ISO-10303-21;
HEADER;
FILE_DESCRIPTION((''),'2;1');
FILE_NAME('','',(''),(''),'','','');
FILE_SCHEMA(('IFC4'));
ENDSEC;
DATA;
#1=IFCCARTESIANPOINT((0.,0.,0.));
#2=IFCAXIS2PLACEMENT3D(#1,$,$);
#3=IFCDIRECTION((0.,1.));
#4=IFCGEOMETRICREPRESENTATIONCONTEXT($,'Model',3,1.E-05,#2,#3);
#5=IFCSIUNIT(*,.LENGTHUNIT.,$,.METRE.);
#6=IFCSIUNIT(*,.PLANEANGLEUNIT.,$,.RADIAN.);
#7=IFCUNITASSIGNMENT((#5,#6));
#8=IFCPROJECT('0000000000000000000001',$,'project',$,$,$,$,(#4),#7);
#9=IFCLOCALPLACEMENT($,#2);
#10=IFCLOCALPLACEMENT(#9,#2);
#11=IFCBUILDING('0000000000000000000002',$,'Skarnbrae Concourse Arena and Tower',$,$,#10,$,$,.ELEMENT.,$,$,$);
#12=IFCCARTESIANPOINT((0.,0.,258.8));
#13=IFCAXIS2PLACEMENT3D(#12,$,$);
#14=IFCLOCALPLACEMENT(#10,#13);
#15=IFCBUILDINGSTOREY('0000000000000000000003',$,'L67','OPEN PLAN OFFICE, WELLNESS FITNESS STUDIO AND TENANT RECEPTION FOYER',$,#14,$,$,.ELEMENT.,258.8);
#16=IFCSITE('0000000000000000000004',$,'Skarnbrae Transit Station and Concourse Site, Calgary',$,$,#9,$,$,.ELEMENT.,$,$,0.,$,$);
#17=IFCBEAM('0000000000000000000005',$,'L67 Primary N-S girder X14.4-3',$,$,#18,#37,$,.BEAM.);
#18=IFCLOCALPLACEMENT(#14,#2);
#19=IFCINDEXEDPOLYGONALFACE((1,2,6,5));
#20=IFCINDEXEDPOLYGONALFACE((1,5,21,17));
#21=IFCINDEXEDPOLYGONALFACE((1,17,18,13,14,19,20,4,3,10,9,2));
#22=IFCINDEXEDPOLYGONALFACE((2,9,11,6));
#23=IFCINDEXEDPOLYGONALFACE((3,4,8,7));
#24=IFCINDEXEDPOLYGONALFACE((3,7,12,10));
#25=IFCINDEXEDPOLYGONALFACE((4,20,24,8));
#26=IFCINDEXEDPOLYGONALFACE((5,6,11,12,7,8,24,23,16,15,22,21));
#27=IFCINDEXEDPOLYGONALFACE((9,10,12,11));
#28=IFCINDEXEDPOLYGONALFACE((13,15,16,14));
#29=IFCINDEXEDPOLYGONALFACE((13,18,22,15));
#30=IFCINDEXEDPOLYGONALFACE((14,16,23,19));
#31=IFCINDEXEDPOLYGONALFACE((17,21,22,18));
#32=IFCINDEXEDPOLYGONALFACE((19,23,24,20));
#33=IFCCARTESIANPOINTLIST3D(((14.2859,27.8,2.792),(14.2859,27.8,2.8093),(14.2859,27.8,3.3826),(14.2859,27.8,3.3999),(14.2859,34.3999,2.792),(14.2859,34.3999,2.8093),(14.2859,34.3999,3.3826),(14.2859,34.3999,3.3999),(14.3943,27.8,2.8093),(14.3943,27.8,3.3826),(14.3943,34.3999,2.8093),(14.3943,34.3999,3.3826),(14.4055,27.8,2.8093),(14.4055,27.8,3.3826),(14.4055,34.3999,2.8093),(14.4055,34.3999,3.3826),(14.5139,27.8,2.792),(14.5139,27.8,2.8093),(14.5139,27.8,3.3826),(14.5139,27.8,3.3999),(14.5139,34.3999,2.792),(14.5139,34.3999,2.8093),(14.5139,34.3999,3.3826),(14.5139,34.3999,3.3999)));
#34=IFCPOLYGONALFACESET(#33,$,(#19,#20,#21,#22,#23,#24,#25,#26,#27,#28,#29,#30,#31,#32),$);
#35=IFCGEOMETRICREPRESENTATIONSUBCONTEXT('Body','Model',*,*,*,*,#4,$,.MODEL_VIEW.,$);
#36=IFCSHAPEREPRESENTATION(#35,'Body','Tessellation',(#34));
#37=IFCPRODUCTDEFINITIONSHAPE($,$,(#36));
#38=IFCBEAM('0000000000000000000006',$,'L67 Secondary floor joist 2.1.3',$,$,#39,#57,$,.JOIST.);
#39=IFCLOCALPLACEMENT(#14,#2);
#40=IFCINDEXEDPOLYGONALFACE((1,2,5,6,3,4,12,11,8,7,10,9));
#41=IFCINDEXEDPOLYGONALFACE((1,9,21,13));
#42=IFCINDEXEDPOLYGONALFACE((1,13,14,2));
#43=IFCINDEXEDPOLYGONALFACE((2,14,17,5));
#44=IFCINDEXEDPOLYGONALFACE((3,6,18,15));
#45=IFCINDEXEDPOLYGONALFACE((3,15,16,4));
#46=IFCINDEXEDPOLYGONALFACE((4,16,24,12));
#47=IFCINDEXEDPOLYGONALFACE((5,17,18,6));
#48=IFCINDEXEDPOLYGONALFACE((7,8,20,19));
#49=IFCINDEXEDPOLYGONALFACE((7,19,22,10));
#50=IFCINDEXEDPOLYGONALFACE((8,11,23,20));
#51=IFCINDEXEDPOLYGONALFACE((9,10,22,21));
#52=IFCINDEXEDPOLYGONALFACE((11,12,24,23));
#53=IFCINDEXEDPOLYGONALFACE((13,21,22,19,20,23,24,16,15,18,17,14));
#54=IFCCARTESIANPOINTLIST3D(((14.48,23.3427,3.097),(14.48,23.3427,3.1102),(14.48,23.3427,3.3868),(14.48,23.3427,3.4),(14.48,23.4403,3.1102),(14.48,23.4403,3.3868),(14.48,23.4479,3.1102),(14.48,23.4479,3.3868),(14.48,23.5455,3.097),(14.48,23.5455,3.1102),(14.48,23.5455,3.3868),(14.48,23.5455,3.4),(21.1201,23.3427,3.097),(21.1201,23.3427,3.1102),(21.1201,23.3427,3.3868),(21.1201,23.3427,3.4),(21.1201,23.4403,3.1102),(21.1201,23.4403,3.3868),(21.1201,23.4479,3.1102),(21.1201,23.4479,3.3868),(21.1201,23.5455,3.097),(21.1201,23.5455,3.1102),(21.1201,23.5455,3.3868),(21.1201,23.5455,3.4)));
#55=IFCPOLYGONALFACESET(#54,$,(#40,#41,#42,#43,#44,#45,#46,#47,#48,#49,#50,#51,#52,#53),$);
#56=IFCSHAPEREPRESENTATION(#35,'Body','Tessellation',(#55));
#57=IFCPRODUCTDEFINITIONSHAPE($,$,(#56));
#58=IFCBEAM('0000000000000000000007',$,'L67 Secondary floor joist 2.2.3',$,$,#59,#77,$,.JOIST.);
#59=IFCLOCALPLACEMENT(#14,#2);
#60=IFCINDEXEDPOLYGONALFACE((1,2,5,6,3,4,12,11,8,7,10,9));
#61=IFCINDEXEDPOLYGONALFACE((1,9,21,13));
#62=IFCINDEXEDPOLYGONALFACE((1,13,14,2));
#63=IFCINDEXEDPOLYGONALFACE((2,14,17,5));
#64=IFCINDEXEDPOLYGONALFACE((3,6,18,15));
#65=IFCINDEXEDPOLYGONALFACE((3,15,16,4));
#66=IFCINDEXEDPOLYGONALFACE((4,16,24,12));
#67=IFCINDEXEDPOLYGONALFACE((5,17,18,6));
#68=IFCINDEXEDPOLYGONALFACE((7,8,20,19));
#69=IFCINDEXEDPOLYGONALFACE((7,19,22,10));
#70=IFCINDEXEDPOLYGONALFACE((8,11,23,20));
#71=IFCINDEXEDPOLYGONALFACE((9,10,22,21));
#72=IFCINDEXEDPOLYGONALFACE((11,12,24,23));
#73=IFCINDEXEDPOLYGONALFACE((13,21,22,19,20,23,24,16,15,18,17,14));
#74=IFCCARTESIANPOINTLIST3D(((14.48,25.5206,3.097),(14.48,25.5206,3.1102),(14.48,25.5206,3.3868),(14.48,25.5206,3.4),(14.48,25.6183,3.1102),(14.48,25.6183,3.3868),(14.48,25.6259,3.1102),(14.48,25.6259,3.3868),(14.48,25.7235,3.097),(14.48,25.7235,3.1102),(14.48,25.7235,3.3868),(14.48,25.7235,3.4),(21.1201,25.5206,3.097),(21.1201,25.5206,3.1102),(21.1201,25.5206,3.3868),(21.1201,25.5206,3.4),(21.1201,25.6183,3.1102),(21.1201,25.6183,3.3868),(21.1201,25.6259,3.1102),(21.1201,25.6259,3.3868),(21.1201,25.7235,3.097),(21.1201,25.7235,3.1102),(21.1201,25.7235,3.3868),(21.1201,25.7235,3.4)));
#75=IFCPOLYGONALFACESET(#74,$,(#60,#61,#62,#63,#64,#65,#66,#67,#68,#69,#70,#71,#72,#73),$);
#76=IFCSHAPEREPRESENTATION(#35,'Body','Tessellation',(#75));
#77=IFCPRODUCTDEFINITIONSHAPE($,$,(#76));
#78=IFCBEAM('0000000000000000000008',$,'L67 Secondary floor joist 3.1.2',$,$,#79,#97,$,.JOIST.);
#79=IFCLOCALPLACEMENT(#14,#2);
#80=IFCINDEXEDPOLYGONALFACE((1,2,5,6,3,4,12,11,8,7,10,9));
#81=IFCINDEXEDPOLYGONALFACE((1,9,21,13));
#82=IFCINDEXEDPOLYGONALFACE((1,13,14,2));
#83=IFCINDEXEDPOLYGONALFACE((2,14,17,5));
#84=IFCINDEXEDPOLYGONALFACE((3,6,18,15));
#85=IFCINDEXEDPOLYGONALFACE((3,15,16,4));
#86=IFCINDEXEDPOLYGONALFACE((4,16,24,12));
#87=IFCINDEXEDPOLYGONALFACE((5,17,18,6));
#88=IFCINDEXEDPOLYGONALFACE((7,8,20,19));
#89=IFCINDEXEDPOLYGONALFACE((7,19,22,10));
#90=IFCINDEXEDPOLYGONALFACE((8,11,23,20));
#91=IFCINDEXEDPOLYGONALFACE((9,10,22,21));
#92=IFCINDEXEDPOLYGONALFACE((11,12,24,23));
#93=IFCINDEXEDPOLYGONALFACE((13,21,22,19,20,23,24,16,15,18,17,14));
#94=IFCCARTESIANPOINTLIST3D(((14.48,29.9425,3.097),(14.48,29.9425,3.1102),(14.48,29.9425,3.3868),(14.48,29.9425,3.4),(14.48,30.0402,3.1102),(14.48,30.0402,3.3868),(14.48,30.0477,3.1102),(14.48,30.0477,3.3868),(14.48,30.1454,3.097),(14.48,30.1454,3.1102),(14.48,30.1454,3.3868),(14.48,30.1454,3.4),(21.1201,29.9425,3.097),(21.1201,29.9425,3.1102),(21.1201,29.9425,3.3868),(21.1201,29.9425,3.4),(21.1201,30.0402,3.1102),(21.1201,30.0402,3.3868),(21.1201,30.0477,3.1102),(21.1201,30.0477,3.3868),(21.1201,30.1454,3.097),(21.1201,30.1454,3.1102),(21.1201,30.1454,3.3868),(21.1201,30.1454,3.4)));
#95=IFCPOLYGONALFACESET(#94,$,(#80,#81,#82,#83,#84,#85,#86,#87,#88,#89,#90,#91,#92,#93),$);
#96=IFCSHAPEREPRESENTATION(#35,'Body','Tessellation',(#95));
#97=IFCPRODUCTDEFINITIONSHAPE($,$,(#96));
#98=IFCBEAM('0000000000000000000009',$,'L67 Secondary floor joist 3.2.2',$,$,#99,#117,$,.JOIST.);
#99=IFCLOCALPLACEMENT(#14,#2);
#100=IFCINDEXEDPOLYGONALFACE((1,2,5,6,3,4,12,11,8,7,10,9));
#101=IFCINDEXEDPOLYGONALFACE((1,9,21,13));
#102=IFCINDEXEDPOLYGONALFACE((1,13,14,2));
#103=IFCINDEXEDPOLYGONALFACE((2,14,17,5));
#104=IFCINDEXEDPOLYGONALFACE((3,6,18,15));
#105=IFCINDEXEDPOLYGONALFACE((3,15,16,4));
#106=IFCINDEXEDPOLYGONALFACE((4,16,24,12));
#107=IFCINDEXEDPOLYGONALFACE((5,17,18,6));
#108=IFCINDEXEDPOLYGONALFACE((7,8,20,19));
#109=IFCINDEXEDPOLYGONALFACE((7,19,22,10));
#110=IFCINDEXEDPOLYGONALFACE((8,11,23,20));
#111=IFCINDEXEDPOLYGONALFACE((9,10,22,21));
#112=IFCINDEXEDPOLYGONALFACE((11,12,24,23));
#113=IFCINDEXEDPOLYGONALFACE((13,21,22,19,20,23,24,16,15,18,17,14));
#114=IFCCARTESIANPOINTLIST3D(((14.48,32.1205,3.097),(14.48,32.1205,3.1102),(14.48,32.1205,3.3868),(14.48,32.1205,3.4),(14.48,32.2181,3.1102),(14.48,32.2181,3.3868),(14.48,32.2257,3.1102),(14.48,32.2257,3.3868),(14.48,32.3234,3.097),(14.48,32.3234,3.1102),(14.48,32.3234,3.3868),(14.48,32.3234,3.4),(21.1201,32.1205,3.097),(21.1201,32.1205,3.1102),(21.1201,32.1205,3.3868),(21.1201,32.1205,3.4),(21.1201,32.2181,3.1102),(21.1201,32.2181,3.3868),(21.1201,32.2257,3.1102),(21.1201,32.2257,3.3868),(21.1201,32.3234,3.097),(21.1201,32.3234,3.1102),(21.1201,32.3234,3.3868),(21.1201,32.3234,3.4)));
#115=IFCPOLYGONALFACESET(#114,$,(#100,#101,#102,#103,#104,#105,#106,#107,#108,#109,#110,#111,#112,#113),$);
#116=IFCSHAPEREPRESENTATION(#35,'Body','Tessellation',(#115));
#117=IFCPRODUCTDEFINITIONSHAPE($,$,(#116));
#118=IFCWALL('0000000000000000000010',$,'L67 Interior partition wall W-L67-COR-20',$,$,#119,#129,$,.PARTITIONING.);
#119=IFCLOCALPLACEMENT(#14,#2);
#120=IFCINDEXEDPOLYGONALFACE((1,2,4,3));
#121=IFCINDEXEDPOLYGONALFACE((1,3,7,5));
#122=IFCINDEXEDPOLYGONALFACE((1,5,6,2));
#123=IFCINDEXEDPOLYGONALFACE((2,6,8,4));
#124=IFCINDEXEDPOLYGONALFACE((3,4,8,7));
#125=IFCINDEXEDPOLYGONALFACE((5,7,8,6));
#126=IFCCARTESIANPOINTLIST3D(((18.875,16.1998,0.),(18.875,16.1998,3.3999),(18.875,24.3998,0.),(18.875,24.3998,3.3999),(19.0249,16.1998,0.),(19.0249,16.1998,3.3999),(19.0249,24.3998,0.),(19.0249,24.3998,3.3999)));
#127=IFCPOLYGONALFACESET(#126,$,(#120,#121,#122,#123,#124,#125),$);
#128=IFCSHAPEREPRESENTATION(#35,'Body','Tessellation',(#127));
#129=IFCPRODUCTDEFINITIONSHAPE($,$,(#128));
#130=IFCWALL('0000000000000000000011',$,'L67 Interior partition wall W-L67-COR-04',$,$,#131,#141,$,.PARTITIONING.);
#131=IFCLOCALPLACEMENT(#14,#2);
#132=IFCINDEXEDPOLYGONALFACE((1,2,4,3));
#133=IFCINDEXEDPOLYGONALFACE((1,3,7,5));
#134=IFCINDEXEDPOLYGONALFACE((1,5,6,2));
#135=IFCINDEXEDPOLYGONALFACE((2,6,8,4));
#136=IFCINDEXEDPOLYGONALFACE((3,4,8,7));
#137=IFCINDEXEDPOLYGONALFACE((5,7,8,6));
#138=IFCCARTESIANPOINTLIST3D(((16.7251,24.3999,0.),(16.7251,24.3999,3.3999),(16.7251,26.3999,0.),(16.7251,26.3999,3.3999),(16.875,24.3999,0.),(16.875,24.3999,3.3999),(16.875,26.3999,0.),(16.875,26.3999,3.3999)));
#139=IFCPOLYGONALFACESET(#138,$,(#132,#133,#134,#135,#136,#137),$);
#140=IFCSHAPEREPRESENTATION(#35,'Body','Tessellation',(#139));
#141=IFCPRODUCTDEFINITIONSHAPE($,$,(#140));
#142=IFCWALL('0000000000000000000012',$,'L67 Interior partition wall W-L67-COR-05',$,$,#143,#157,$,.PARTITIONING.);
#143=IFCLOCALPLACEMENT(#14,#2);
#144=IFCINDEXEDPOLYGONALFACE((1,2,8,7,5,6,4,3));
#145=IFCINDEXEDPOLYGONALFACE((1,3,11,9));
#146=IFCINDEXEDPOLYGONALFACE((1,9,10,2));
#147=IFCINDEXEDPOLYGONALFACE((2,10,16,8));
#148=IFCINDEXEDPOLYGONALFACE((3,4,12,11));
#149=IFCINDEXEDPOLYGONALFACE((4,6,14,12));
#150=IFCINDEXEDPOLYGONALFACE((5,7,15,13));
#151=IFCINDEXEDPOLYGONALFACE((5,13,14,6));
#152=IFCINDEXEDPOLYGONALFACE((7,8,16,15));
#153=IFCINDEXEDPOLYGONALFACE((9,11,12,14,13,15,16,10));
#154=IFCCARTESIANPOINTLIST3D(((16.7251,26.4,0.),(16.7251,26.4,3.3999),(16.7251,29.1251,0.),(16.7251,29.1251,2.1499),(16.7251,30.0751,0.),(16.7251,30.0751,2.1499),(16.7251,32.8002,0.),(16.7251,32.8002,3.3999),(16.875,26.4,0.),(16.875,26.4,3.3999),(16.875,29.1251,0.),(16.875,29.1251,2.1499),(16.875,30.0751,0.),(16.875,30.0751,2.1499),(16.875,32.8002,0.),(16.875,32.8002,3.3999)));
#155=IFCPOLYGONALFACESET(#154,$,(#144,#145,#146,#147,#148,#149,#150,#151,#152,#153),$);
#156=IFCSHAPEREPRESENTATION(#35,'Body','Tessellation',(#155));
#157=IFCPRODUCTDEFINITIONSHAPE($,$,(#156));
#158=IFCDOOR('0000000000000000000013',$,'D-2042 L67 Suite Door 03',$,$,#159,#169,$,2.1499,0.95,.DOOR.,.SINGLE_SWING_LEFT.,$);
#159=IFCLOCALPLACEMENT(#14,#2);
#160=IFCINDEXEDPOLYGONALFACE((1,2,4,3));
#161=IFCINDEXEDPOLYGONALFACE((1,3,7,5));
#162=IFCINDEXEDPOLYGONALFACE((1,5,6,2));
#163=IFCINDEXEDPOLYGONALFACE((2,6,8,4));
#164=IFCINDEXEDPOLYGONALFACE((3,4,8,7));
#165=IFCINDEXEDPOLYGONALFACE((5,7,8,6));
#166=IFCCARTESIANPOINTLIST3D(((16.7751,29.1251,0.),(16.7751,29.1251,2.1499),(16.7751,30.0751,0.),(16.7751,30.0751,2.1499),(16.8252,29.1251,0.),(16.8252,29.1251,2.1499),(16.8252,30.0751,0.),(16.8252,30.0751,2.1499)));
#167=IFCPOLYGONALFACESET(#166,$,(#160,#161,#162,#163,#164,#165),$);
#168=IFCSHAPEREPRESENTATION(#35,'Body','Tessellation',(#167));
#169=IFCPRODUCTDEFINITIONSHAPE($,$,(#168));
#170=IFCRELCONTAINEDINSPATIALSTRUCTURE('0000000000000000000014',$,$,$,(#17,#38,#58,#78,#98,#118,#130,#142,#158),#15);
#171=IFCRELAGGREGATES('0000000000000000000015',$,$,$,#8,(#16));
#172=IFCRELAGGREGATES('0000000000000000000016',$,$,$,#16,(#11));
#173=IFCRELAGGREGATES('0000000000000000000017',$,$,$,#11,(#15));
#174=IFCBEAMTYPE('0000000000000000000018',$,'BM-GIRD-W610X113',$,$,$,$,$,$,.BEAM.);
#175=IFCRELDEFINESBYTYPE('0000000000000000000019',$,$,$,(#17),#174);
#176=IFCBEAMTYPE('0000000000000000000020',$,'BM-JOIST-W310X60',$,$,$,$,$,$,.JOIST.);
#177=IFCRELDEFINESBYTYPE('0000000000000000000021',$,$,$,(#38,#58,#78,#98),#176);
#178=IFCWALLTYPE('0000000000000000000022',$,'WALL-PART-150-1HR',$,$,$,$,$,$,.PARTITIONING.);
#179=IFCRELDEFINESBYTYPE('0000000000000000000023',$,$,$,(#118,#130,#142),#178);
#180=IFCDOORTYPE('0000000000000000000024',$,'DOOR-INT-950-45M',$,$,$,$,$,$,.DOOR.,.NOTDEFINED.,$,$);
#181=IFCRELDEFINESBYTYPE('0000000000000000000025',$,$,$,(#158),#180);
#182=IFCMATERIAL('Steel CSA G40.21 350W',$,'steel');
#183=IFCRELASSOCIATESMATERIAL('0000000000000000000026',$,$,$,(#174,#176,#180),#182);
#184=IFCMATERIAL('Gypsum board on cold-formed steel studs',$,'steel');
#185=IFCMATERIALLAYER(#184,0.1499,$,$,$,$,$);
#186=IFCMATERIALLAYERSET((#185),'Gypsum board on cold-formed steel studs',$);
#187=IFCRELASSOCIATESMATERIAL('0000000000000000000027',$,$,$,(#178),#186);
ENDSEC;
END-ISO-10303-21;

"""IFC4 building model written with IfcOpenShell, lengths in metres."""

from ifc_helpers import new_model, si_unit, direction, frame, frame_2d, origin, origin_2d, place, context, subcontext, project, spatial, rectangle, i_section, extrude, source, transform, mapped, material, layer, layer_set, material_profile, profile_set, type_object, element, fill, save


model = new_model("IFC4")

# Units and contexts
model_context = context("Model", 3, precision=1e-05, world=origin(), true_north=direction((0.0, 1.0)))
body_context = subcontext(model_context, "Body", "Model", "MODEL_VIEW")
ifc_project = project(units=[si_unit("LENGTHUNIT", "METRE"), si_unit("PLANEANGLEUNIT", "RADIAN")], contexts=[model_context])

# Site, building, storey
site_placement = place(None, origin())
site = spatial("IfcSite", under=ifc_project, at=site_placement, Name="Skarnbrae Transit Station and Concourse Site, Calgary", CompositionType="ELEMENT", RefElevation=0.0)
building_placement = place(site_placement, origin())
building = spatial("IfcBuilding", under=site, at=building_placement, Name="Skarnbrae Concourse Arena and Tower", CompositionType="ELEMENT")
storey_placement = place(building_placement, frame((0.0, 0.0, 258.8)))
storey = spatial("IfcBuildingStorey", under=building, at=storey_placement, Name="L67", Description="OPEN PLAN OFFICE, WELLNESS FITNESS STUDIO AND TENANT RECEPTION FOYER", CompositionType="ELEMENT", Elevation=258.8)

# Shared definitions
ifc_material_1 = material(Name="Steel CSA G40.21 350W", Category="steel")

# Beams
ifc_material_profile_1 = material_profile(ifc_material_1, i_section(OverallWidth=0.228, OverallDepth=0.6079, WebThickness=0.0112, FlangeThickness=0.0173, at=origin_2d()), Name="W610X113")
ifc_profile_set_1 = profile_set([ifc_material_profile_1], Name="Steel CSA G40.21 350W")
beam_type_1 = type_object("IfcBeamType", Name="BM-GIRD-W610X113", PredefinedType="BEAM", material=ifc_profile_set_1)
shared_shape_1 = source(origin(), body_context, "Body", "SweptSolid", [
    extrude(i_section(OverallWidth=0.228, OverallDepth=0.6079, WebThickness=0.0112, FlangeThickness=0.0173, at=origin_2d()), origin(), (0.0, 0.0, 1.0), 6.5999),
])
beam_1_placement = place(storey_placement, frame((14.3999, 27.8, 3.0959), z_axis=(0.0, 1.0, 0.0), x_axis=(-1.0, 0.0, 0.0)))
element("IfcBeam", 1, at=beam_1_placement, inside=storey, type_object=beam_type_1, Name="L67 Primary N-S girder X14.4-3", PredefinedType="BEAM", context=body_context, shape_type="MappedRepresentation", body=[
    mapped(shared_shape_1, transform((0.0, 0.0, 0.0))),
])
ifc_material_profile_2 = material_profile(ifc_material_1, i_section(OverallWidth=0.2029, OverallDepth=0.303, WebThickness=0.0076, FlangeThickness=0.0132, at=origin_2d()), Name="W310X60")
ifc_profile_set_2 = profile_set([ifc_material_profile_2], Name="Steel CSA G40.21 350W")
beam_type_2 = type_object("IfcBeamType", Name="BM-JOIST-W310X60", PredefinedType="JOIST", material=ifc_profile_set_2)
shared_shape_2 = source(origin(), body_context, "Body", "SweptSolid", [
    extrude(i_section(OverallWidth=0.2029, OverallDepth=0.303, WebThickness=0.0076, FlangeThickness=0.0132, at=origin_2d()), origin(), (0.0, 0.0, 1.0), 6.6401),
])
for number, where, z_axis, x_axis, name in (
    (2, (14.48, 23.4441, 3.2485), (1.0, 0.0, 0.0), (0.0, 1.0, 0.0), "L67 Secondary floor joist 2.1.3"),
    (3, (14.48, 25.6221, 3.2485), (1.0, 0.0, 0.0), (0.0, 1.0, 0.0), "L67 Secondary floor joist 2.2.3"),
    (4, (14.48, 30.0439, 3.2485), (1.0, 0.0, 0.0), (0.0, 1.0, 0.0), "L67 Secondary floor joist 3.1.2"),
    (5, (14.48, 32.2219, 3.2485), (1.0, 0.0, 0.0), (0.0, 1.0, 0.0), "L67 Secondary floor joist 3.2.2"),
):
    element("IfcBeam", number, at=place(storey_placement, frame(where, z_axis=z_axis, x_axis=x_axis)), inside=storey, type_object=beam_type_2, Name=name, PredefinedType="JOIST", context=body_context, shape_type="MappedRepresentation", body=[
        mapped(shared_shape_2, transform((0.0, 0.0, 0.0))),
    ])

# Walls
ifc_material_2 = material(Name="Gypsum board on cold-formed steel studs", Category="steel")
ifc_layer = layer(ifc_material_2, 0.1499)
ifc_layer_set = layer_set([ifc_layer], Name="Gypsum board on cold-formed steel studs")
wall_type = type_object("IfcWallType", Name="WALL-PART-150-1HR", PredefinedType="PARTITIONING", material=ifc_layer_set)
shared_shape_3 = source(origin(), body_context, "Body", "SweptSolid", [
    extrude(rectangle(XDim=8.2, YDim=0.1499, at=frame_2d((4.1001, 0.0))), origin(), (0.0, 0.0, 1.0), 3.3999),
])
wall_1_placement = place(storey_placement, frame((18.95, 24.3999, 0.0), z_axis=(0.0, 0.0, 1.0), x_axis=(0.0, -1.0, 0.0)))
element("IfcWall", 6, at=wall_1_placement, inside=storey, type_object=wall_type, Name="L67 Interior partition wall W-L67-COR-20", PredefinedType="PARTITIONING", context=body_context, shape_type="MappedRepresentation", body=[
    mapped(shared_shape_3, transform((0.0, 0.0, 0.0))),
])
shared_shape_4 = source(origin(), body_context, "Body", "SweptSolid", [
    extrude(rectangle(XDim=2.0, YDim=0.1499, at=frame_2d((1.0, 0.0))), origin(), (0.0, 0.0, 1.0), 3.3999),
])
wall_2_placement = place(storey_placement, frame((16.8, 24.3999, 0.0), z_axis=(0.0, 0.0, 1.0), x_axis=(0.0, 1.0, 0.0)))
element("IfcWall", 7, at=wall_2_placement, inside=storey, type_object=wall_type, Name="L67 Interior partition wall W-L67-COR-04", PredefinedType="PARTITIONING", context=body_context, shape_type="MappedRepresentation", body=[
    mapped(shared_shape_4, transform((0.0, 0.0, 0.0))),
])

# Wall, opening, door
shared_shape_5 = source(origin(), body_context, "Body", "SweptSolid", [
    extrude(rectangle(XDim=6.4001, YDim=0.1499, at=frame_2d((3.2002, 0.0))), origin(), (0.0, 0.0, 1.0), 3.3999),
])
wall_3_placement = place(storey_placement, frame((16.8, 26.3999, 0.0), z_axis=(0.0, 0.0, 1.0), x_axis=(0.0, 1.0, 0.0)))
wall_3 = element("IfcWall", 8, at=wall_3_placement, inside=storey, type_object=wall_type, Name="L67 Interior partition wall W-L67-COR-05", PredefinedType="PARTITIONING", context=body_context, shape_type="MappedRepresentation", body=[
    mapped(shared_shape_5, transform((0.0, 0.0, 0.0))),
])
opening_1_placement = place(wall_3_placement, frame((2.7251, 0.0, 0.0)))
opening_1 = element("IfcOpeningElement", 9, at=opening_1_placement, cuts=wall_3, PredefinedType="OPENING", context=body_context, shape_type="SweptSolid", body=[
    extrude(rectangle(XDim=0.95, YDim=2.1499, at=frame_2d((0.4751, 1.075))), frame((0.0, 0.085, 0.0), z_axis=(0.0, -1.0, 0.0), x_axis=(1.0, 0.0, 0.0)), (0.0, 0.0, 1.0), 0.1699),
])
door_type = type_object("IfcDoorType", Name="DOOR-INT-950-45M", OperationType="NOTDEFINED", PredefinedType="DOOR", material=ifc_material_1)
shared_shape_6 = source(origin(), body_context, "Body", "SweptSolid", [
    extrude(rectangle(XDim=0.95, YDim=2.1499, at=frame_2d((0.4751, 1.075))), frame((0.0, 0.0249, 0.0), z_axis=(0.0, -1.0, 0.0), x_axis=(1.0, 0.0, 0.0)), (0.0, 0.0, 1.0), 0.05),
])
door_1_placement = place(opening_1_placement, origin())
door_1 = element("IfcDoor", 10, at=door_1_placement, inside=storey, type_object=door_type, Name="D-2042 L67 Suite Door 03", OperationType="SINGLE_SWING_LEFT", OverallHeight=2.1499, OverallWidth=0.95, PredefinedType="DOOR", context=body_context, shape_type="MappedRepresentation", body=[
    mapped(shared_shape_6, transform((0.0, 0.0, 0.0))),
])
fill(opening_1, door_1)

save(model, "model.ifc")
